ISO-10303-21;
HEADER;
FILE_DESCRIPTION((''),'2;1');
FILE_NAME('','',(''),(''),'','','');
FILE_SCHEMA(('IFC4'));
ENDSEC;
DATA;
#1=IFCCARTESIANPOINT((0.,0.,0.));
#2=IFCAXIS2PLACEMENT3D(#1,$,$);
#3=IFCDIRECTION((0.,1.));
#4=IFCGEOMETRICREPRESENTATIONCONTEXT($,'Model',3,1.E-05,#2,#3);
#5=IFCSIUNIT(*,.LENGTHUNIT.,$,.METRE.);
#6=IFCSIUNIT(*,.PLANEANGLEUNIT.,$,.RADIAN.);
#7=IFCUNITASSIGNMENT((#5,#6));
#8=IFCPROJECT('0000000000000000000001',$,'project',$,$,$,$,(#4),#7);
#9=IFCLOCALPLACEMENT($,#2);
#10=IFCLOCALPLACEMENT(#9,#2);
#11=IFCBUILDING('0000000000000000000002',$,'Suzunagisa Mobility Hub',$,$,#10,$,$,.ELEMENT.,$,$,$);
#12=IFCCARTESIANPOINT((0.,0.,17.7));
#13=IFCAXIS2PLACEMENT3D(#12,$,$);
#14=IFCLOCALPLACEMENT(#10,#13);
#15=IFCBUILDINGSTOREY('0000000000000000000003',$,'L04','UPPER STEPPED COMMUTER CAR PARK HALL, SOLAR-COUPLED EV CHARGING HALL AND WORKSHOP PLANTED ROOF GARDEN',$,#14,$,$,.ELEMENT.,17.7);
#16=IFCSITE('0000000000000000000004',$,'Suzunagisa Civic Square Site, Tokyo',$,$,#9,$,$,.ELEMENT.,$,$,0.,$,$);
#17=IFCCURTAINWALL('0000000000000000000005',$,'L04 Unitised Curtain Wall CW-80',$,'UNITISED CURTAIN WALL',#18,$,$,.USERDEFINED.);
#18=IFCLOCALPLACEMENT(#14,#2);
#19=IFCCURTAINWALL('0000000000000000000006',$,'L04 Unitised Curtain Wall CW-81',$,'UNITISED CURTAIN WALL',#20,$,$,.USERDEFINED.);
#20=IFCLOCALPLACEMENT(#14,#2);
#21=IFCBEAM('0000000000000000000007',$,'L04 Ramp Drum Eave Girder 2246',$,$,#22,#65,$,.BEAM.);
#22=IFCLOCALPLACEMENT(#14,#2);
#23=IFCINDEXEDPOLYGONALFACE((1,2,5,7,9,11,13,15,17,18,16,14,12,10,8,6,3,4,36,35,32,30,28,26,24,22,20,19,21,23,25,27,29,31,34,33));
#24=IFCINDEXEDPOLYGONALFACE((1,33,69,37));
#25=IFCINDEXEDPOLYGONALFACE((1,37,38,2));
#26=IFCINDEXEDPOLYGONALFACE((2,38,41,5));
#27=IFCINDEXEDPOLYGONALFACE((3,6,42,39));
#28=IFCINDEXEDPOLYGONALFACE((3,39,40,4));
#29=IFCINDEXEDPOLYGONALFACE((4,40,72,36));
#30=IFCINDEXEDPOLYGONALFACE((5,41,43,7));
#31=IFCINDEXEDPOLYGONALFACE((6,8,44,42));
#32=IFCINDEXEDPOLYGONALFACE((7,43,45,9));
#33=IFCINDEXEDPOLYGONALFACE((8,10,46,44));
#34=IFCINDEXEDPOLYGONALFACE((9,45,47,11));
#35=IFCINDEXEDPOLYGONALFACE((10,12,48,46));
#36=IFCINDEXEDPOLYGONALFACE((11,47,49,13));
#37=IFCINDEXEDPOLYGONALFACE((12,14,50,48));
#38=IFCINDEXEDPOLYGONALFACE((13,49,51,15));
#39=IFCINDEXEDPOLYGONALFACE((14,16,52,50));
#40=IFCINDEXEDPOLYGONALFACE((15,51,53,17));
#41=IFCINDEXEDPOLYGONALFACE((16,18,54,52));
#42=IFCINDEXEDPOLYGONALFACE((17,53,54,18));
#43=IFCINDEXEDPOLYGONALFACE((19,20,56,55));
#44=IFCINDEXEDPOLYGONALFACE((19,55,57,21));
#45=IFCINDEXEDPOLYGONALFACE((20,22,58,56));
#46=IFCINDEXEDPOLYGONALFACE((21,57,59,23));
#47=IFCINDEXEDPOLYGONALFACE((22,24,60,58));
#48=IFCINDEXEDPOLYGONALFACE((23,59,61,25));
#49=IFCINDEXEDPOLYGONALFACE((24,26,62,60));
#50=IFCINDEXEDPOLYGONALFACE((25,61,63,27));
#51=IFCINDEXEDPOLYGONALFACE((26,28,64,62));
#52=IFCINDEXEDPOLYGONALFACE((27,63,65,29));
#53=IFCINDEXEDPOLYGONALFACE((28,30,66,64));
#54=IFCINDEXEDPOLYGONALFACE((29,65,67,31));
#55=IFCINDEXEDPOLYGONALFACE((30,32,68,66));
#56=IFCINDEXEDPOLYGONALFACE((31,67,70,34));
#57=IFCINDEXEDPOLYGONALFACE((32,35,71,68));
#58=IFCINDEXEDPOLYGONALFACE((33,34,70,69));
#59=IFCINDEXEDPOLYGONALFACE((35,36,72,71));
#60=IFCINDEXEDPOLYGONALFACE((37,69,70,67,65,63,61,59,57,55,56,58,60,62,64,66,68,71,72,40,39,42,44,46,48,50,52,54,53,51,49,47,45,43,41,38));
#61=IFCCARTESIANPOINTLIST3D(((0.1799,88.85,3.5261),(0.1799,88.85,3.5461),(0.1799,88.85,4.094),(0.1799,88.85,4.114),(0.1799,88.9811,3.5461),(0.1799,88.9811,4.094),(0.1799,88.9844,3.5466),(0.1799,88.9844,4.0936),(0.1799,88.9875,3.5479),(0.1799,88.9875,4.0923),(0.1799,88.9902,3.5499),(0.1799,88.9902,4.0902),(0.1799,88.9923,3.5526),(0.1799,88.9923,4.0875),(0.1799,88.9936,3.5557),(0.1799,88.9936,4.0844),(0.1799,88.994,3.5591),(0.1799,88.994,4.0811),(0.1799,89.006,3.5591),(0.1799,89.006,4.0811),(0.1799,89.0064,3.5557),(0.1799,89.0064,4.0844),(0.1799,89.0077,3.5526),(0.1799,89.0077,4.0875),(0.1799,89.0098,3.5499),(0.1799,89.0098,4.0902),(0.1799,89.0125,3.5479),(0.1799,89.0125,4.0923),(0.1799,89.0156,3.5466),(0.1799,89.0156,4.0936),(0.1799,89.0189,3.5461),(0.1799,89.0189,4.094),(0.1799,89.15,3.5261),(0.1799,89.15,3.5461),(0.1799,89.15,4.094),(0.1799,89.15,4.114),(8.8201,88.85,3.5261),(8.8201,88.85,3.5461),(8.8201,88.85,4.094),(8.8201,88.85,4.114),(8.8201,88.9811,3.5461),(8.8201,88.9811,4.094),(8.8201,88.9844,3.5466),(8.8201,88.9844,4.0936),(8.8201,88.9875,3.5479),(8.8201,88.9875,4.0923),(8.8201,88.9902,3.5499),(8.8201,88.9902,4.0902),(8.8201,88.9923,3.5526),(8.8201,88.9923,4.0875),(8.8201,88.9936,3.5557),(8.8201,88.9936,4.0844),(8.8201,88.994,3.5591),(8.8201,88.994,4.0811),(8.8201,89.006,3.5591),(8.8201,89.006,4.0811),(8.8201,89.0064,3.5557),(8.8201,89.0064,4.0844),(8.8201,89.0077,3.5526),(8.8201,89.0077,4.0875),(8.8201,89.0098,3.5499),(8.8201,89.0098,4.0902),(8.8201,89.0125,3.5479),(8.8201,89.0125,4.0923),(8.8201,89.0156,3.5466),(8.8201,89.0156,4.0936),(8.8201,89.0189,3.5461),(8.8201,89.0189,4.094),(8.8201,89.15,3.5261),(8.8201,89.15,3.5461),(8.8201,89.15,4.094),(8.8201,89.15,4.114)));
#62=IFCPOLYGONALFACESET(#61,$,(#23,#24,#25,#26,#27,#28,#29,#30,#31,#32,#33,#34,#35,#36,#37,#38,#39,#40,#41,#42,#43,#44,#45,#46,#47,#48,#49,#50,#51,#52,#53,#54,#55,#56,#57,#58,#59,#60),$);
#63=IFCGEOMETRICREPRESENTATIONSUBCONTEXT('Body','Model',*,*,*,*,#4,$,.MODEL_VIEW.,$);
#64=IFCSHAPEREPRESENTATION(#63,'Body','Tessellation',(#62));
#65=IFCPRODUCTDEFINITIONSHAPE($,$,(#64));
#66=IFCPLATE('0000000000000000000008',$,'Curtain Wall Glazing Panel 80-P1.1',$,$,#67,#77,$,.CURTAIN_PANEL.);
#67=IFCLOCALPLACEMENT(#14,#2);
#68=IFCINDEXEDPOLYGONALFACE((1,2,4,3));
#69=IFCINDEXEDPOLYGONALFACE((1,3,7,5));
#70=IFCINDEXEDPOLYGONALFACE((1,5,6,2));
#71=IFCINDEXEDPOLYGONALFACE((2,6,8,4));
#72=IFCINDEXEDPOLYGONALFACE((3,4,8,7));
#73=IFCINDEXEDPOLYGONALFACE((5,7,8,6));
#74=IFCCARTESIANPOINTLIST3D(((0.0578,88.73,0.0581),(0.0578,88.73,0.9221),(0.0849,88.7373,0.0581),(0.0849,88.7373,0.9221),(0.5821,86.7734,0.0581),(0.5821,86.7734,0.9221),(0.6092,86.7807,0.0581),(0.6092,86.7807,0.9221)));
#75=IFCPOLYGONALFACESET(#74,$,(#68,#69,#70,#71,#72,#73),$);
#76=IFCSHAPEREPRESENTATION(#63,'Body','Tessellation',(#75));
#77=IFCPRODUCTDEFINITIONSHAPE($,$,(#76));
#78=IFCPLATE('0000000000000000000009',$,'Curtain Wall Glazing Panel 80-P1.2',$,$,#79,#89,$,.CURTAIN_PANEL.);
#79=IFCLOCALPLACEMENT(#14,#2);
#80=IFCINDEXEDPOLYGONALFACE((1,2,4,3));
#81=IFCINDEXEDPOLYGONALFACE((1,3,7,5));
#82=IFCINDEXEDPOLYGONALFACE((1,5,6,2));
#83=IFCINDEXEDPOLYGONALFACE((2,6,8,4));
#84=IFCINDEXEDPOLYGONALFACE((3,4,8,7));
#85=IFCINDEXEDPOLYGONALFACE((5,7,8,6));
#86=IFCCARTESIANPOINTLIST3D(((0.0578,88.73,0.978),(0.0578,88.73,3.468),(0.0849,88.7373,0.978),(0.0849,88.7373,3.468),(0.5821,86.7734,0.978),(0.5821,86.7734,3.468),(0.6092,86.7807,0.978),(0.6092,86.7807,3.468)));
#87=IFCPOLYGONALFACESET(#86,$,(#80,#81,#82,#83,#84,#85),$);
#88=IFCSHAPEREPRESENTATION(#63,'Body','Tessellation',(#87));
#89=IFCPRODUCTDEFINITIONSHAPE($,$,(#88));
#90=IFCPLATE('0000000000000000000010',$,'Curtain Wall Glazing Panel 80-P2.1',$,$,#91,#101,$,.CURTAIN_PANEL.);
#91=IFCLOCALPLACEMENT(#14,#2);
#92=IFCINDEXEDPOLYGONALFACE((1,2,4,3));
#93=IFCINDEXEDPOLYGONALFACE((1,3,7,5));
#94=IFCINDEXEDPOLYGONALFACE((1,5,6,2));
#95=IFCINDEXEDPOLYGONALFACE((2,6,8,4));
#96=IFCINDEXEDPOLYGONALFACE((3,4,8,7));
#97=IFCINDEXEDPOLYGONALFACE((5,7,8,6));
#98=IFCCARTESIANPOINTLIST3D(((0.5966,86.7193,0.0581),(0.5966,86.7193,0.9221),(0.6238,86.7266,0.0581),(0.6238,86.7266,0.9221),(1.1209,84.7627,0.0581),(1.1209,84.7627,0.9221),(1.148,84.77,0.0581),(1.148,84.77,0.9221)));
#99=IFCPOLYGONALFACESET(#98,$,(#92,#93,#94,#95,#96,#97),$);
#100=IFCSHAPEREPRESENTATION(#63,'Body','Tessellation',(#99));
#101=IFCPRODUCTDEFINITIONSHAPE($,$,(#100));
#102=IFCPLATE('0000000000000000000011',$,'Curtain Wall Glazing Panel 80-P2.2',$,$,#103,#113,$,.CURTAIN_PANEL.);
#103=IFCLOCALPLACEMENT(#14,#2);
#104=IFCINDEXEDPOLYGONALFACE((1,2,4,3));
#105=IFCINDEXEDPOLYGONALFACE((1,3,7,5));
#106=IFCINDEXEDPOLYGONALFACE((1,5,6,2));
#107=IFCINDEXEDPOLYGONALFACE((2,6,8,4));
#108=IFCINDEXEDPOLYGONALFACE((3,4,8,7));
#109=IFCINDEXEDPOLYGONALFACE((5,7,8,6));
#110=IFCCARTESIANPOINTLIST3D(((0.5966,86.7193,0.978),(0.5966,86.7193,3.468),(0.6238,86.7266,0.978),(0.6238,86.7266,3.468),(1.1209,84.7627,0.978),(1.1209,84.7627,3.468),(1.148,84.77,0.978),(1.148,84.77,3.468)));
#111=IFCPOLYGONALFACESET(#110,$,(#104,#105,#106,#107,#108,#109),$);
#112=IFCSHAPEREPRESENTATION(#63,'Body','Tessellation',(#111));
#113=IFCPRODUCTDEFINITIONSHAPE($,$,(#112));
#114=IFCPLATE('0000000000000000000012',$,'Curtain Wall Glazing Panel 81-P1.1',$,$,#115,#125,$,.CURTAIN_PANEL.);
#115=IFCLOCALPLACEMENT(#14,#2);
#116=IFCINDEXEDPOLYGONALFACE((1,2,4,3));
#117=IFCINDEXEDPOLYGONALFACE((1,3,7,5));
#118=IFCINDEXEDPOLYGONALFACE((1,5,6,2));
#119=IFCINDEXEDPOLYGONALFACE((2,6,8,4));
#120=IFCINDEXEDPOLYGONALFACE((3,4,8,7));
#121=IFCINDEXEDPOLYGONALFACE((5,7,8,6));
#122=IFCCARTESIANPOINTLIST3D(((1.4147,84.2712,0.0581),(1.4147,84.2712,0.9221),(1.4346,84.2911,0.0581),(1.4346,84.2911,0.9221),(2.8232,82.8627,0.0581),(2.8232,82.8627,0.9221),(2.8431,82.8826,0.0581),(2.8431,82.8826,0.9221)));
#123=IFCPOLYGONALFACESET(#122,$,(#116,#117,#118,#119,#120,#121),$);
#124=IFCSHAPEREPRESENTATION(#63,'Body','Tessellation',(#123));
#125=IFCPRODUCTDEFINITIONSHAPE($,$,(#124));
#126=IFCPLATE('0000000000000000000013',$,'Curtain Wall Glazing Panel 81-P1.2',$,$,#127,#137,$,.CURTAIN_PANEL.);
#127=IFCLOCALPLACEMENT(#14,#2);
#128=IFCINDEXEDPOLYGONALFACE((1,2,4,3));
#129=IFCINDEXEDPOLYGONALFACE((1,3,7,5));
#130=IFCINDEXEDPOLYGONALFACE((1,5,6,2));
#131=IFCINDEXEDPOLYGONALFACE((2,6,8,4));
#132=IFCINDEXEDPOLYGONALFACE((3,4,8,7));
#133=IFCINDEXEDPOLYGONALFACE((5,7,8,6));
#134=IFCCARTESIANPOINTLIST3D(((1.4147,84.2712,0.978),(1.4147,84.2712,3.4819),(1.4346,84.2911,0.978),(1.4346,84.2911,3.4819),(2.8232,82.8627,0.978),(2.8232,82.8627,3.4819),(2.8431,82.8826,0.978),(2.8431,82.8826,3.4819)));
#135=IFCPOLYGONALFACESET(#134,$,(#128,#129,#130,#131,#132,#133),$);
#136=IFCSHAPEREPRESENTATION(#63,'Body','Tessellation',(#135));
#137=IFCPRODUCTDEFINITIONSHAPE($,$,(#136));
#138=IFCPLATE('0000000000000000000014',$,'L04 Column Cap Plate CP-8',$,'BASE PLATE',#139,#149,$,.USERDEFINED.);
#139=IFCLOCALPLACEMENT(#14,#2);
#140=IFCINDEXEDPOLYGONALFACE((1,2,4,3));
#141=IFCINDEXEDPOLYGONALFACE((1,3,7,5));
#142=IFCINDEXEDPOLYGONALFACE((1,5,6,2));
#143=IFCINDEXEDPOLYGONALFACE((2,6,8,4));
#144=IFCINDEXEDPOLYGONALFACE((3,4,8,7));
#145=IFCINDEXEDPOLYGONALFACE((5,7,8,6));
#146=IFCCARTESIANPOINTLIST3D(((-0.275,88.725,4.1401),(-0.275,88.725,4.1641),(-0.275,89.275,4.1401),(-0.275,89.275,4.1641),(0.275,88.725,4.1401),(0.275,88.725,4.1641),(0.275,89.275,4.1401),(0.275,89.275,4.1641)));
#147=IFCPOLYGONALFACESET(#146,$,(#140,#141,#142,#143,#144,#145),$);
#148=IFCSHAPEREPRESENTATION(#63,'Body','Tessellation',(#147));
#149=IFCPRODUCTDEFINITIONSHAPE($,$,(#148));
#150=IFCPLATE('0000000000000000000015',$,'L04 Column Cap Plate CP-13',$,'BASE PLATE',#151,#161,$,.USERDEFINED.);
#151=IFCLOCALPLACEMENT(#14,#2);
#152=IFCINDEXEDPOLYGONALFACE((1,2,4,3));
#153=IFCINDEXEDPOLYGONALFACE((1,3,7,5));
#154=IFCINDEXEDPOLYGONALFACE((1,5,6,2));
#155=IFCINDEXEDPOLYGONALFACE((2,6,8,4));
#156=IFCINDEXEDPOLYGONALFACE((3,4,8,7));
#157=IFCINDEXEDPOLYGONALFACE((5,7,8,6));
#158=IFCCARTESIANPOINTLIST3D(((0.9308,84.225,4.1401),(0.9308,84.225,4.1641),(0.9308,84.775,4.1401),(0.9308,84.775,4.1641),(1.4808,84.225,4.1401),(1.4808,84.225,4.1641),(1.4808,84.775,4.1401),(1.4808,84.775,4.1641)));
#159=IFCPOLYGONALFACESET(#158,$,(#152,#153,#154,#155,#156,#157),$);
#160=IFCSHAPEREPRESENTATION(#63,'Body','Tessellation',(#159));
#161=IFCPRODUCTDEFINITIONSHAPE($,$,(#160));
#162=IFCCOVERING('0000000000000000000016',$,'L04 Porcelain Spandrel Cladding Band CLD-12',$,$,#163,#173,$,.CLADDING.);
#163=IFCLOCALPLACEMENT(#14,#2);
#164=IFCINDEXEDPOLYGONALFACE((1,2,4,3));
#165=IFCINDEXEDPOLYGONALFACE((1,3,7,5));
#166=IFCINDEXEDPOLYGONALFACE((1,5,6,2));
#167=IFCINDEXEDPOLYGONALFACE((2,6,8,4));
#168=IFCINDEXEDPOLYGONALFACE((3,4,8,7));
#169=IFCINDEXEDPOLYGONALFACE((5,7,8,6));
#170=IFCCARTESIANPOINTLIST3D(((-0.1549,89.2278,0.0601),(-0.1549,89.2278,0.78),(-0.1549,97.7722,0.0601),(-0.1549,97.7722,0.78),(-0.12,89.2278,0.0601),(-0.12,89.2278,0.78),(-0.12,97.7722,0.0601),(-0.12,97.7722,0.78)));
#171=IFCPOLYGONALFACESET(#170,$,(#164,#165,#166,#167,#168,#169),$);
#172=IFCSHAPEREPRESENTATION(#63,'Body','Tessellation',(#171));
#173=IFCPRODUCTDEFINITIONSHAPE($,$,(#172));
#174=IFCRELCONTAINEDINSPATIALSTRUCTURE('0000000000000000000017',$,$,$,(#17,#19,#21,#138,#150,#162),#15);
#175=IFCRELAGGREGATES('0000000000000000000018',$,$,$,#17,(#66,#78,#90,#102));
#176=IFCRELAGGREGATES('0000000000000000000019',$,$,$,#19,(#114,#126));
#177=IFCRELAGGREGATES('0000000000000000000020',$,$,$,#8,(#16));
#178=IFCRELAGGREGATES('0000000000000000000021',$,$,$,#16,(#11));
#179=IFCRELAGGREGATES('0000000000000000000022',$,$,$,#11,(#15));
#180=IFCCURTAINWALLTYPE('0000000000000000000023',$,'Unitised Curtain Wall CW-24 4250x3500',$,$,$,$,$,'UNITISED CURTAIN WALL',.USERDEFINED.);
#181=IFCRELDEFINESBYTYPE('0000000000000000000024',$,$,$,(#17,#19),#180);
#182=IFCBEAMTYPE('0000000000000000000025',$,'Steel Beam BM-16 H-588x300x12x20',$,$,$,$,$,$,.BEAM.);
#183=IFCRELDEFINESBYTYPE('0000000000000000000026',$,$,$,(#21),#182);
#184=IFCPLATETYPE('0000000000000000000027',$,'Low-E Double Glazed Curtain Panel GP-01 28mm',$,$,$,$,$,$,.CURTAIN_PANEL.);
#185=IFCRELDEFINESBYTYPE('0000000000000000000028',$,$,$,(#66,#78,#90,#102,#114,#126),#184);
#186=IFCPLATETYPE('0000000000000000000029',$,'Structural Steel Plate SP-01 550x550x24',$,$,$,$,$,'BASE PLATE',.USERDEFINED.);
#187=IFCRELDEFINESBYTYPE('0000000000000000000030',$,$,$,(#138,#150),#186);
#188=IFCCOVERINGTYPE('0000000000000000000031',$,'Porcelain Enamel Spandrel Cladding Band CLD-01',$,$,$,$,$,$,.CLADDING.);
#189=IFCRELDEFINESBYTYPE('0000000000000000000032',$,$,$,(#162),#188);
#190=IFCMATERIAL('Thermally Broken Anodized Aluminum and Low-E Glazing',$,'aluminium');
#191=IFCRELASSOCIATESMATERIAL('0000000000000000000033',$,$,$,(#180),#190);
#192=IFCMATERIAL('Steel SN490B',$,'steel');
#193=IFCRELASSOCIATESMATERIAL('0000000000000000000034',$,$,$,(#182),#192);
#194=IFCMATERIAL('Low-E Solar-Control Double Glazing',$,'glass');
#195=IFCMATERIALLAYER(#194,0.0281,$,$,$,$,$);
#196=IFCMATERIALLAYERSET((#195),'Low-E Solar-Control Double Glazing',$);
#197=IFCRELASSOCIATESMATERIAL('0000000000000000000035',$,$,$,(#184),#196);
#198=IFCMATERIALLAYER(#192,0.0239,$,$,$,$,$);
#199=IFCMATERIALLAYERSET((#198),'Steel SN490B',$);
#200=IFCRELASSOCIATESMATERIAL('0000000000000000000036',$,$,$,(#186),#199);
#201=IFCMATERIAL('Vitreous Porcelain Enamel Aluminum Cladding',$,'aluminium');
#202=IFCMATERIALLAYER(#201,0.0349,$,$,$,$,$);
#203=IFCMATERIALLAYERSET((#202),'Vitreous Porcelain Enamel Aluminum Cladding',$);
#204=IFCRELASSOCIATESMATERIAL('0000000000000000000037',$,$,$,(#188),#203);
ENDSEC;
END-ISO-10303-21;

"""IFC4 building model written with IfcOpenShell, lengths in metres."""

from ifc_helpers import new_model, si_unit, direction, frame, origin, origin_2d, place, context, subcontext, project, spatial, rectangle, i_section, extrude, material, layer, layer_set, material_profile, profile_set, type_object, element, aggregate, save


model = new_model("IFC4")

# Units and contexts
model_context = context("Model", 3, precision=1e-05, world=origin(), true_north=direction((0.0, 1.0)))
body_context = subcontext(model_context, "Body", "Model", "MODEL_VIEW")
ifc_project = project(units=[si_unit("LENGTHUNIT", "METRE"), si_unit("PLANEANGLEUNIT", "RADIAN")], contexts=[model_context])

# Site, building, storey
site_placement = place(None, origin())
site = spatial("IfcSite", under=ifc_project, at=site_placement, Name="Suzunagisa Civic Square Site, Tokyo", CompositionType="ELEMENT", RefElevation=0.0)
building_placement = place(site_placement, origin())
building = spatial("IfcBuilding", under=site, at=building_placement, Name="Suzunagisa Mobility Hub", CompositionType="ELEMENT")
storey_placement = place(building_placement, frame((0.0, 0.0, 17.7)))
storey = spatial("IfcBuildingStorey", under=building, at=storey_placement, Name="L04", Description="UPPER STEPPED COMMUTER CAR PARK HALL, SOLAR-COUPLED EV CHARGING HALL AND WORKSHOP PLANTED ROOF GARDEN", CompositionType="ELEMENT", Elevation=17.7)

# Shared definitions
ifc_material_1 = material(Name="Steel SN490B", Category="steel")

# Curtain walls
ifc_material_2 = material(Name="Thermally Broken Anodized Aluminum and Low-E Glazing", Category="aluminium")
curtain_wall_type = type_object("IfcCurtainWallType", Name="Unitised Curtain Wall CW-24 4250x3500", ElementType="UNITISED CURTAIN WALL", PredefinedType="USERDEFINED", material=ifc_material_2)
curtain_wall_1_placement = place(storey_placement, origin())
curtain_wall_1 = element("IfcCurtainWall", 1, at=curtain_wall_1_placement, inside=storey, type_object=curtain_wall_type, Name="L04 Unitised Curtain Wall CW-80", ObjectType="UNITISED CURTAIN WALL", PredefinedType="USERDEFINED")
curtain_wall_2_placement = place(storey_placement, origin())
curtain_wall_2 = element("IfcCurtainWall", 2, at=curtain_wall_2_placement, inside=storey, type_object=curtain_wall_type, Name="L04 Unitised Curtain Wall CW-81", ObjectType="UNITISED CURTAIN WALL", PredefinedType="USERDEFINED")

# Beam
ifc_material_profile_1 = material_profile(ifc_material_1, i_section(OverallWidth=0.3, OverallDepth=0.5879, WebThickness=0.012, FlangeThickness=0.02, FilletRadius=0.0129, at=origin_2d()), Name="H-588x300x12x20")
ifc_profile_set_1 = profile_set([ifc_material_profile_1], Name="Steel SN490B")
beam_type_1 = type_object("IfcBeamType", Name="Steel Beam BM-16 H-588x300x12x20", PredefinedType="BEAM", material=ifc_profile_set_1)
beam_1_placement = place(storey_placement, frame((0.1799, 89.0, 3.8201), z_axis=(1.0, 0.0, 0.0), x_axis=(0.0, 1.0, 0.0)))
element("IfcBeam", 3, at=beam_1_placement, inside=storey, type_object=beam_type_1, Name="L04 Ramp Drum Eave Girder 2246", PredefinedType="BEAM", context=body_context, shape_type="SweptSolid", body=[
    extrude(i_section(OverallWidth=0.3, OverallDepth=0.5879, WebThickness=0.012, FlangeThickness=0.02, FilletRadius=0.0129, at=origin_2d()), origin(), (0.0, 0.0, 1.0), 8.6401),
])

# Plates
ifc_material_3 = material(Name="Low-E Solar-Control Double Glazing", Category="glass")
ifc_layer_1 = layer(ifc_material_3, 0.0281)
ifc_layer_set_1 = layer_set([ifc_layer_1], Name="Low-E Solar-Control Double Glazing")
plate_type_1 = type_object("IfcPlateType", Name="Low-E Double Glazed Curtain Panel GP-01 28mm", PredefinedType="CURTAIN_PANEL", material=ifc_layer_set_1)
plate_1_placement = place(storey_placement, frame((0.3335, 87.7554, 0.0581), z_axis=(0.0, 0.0, 1.0), x_axis=(0.258803, -0.96593, 0.0)))
plate_1 = element("IfcPlate", 4, at=plate_1_placement, type_object=plate_type_1, Name="Curtain Wall Glazing Panel 80-P1.1", PredefinedType="CURTAIN_PANEL", context=body_context, shape_type="SweptSolid", body=[
    extrude(rectangle(XDim=2.0256, YDim=0.0281, at=origin_2d()), origin(), (0.0, 0.0, 1.0), 0.864),
])
plate_2_placement = place(storey_placement, frame((0.3335, 87.7554, 0.978), z_axis=(0.0, 0.0, 1.0), x_axis=(0.258803, -0.96593, 0.0)))
plate_2 = element("IfcPlate", 5, at=plate_2_placement, type_object=plate_type_1, Name="Curtain Wall Glazing Panel 80-P1.2", PredefinedType="CURTAIN_PANEL", context=body_context, shape_type="SweptSolid", body=[
    extrude(rectangle(XDim=2.0256, YDim=0.0281, at=origin_2d()), origin(), (0.0, 0.0, 1.0), 2.49),
])
plate_3_placement = place(storey_placement, frame((0.8723, 85.7446, 0.0581), z_axis=(0.0, 0.0, 1.0), x_axis=(0.258803, -0.96593, 0.0)))
plate_3 = element("IfcPlate", 6, at=plate_3_placement, type_object=plate_type_1, Name="Curtain Wall Glazing Panel 80-P2.1", PredefinedType="CURTAIN_PANEL", context=body_context, shape_type="SweptSolid", body=[
    extrude(rectangle(XDim=2.0256, YDim=0.0281, at=origin_2d()), origin(), (0.0, 0.0, 1.0), 0.864),
])
plate_4_placement = place(storey_placement, frame((0.8723, 85.7446, 0.978), z_axis=(0.0, 0.0, 1.0), x_axis=(0.258803, -0.96593, 0.0)))
plate_4 = element("IfcPlate", 7, at=plate_4_placement, type_object=plate_type_1, Name="Curtain Wall Glazing Panel 80-P2.2", PredefinedType="CURTAIN_PANEL", context=body_context, shape_type="SweptSolid", body=[
    extrude(rectangle(XDim=2.0256, YDim=0.0281, at=origin_2d()), origin(), (0.0, 0.0, 1.0), 2.49),
])
aggregate(curtain_wall_1, [plate_1, plate_2, plate_3, plate_4])
plate_5_placement = place(storey_placement, frame((2.1289, 83.5769, 0.0581), z_axis=(0.0, 0.0, 1.0), x_axis=(0.707107, -0.707107, 0.0)))
plate_5 = element("IfcPlate", 8, at=plate_5_placement, type_object=plate_type_1, Name="Curtain Wall Glazing Panel 81-P1.1", PredefinedType="CURTAIN_PANEL", context=body_context, shape_type="SweptSolid", body=[
    extrude(rectangle(XDim=1.9919, YDim=0.0281, at=origin_2d()), origin(), (0.0, 0.0, 1.0), 0.864),
])
plate_6_placement = place(storey_placement, frame((2.1289, 83.5769, 0.978), z_axis=(0.0, 0.0, 1.0), x_axis=(0.707107, -0.707107, 0.0)))
plate_6 = element("IfcPlate", 9, at=plate_6_placement, type_object=plate_type_1, Name="Curtain Wall Glazing Panel 81-P1.2", PredefinedType="CURTAIN_PANEL", context=body_context, shape_type="SweptSolid", body=[
    extrude(rectangle(XDim=1.9919, YDim=0.0281, at=origin_2d()), origin(), (0.0, 0.0, 1.0), 2.5039),
])
aggregate(curtain_wall_2, [plate_5, plate_6])

# Plates
ifc_layer_2 = layer(ifc_material_1, 0.0239)
ifc_layer_set_2 = layer_set([ifc_layer_2], Name="Steel SN490B")
plate_type_2 = type_object("IfcPlateType", Name="Structural Steel Plate SP-01 550x550x24", ElementType="BASE PLATE", PredefinedType="USERDEFINED", material=ifc_layer_set_2)
for number, where, z_axis, x_axis, name in (
    (10, (0.0, 89.0, 4.1401), (0.0, 0.0, 1.0), (1.0, 0.0, 0.0), "L04 Column Cap Plate CP-8"),
    (11, (1.2058, 84.5, 4.1401), (0.0, 0.0, 1.0), (1.0, 0.0, 0.0), "L04 Column Cap Plate CP-13"),
):
    element("IfcPlate", number, at=place(storey_placement, frame(where, z_axis=z_axis, x_axis=x_axis)), inside=storey, type_object=plate_type_2, Name=name, ObjectType="BASE PLATE", PredefinedType="USERDEFINED", context=body_context, shape_type="SweptSolid", body=[
        extrude(rectangle(XDim=0.55, YDim=0.55, at=origin_2d()), origin(), (0.0, 0.0, 1.0), 0.0239),
    ])

# Covering
ifc_material_4 = material(Name="Vitreous Porcelain Enamel Aluminum Cladding", Category="aluminium")
ifc_layer_3 = layer(ifc_material_4, 0.0349)
ifc_layer_set_3 = layer_set([ifc_layer_3], Name="Vitreous Porcelain Enamel Aluminum Cladding")
covering_type = type_object("IfcCoveringType", Name="Porcelain Enamel Spandrel Cladding Band CLD-01", PredefinedType="CLADDING", material=ifc_layer_set_3)
covering_placement = place(storey_placement, frame((-0.1375, 93.5, 0.0601), z_axis=(0.0, 0.0, 1.0), x_axis=(0.0, -1.0, 0.0)))
element("IfcCovering", 12, at=covering_placement, inside=storey, type_object=covering_type, Name="L04 Porcelain Spandrel Cladding Band CLD-12", PredefinedType="CLADDING", context=body_context, shape_type="SweptSolid", body=[
    extrude(rectangle(XDim=8.5444, YDim=0.0349, at=origin_2d()), origin(), (0.0, 0.0, 1.0), 0.72),
])

save(model, "model.ifc")
